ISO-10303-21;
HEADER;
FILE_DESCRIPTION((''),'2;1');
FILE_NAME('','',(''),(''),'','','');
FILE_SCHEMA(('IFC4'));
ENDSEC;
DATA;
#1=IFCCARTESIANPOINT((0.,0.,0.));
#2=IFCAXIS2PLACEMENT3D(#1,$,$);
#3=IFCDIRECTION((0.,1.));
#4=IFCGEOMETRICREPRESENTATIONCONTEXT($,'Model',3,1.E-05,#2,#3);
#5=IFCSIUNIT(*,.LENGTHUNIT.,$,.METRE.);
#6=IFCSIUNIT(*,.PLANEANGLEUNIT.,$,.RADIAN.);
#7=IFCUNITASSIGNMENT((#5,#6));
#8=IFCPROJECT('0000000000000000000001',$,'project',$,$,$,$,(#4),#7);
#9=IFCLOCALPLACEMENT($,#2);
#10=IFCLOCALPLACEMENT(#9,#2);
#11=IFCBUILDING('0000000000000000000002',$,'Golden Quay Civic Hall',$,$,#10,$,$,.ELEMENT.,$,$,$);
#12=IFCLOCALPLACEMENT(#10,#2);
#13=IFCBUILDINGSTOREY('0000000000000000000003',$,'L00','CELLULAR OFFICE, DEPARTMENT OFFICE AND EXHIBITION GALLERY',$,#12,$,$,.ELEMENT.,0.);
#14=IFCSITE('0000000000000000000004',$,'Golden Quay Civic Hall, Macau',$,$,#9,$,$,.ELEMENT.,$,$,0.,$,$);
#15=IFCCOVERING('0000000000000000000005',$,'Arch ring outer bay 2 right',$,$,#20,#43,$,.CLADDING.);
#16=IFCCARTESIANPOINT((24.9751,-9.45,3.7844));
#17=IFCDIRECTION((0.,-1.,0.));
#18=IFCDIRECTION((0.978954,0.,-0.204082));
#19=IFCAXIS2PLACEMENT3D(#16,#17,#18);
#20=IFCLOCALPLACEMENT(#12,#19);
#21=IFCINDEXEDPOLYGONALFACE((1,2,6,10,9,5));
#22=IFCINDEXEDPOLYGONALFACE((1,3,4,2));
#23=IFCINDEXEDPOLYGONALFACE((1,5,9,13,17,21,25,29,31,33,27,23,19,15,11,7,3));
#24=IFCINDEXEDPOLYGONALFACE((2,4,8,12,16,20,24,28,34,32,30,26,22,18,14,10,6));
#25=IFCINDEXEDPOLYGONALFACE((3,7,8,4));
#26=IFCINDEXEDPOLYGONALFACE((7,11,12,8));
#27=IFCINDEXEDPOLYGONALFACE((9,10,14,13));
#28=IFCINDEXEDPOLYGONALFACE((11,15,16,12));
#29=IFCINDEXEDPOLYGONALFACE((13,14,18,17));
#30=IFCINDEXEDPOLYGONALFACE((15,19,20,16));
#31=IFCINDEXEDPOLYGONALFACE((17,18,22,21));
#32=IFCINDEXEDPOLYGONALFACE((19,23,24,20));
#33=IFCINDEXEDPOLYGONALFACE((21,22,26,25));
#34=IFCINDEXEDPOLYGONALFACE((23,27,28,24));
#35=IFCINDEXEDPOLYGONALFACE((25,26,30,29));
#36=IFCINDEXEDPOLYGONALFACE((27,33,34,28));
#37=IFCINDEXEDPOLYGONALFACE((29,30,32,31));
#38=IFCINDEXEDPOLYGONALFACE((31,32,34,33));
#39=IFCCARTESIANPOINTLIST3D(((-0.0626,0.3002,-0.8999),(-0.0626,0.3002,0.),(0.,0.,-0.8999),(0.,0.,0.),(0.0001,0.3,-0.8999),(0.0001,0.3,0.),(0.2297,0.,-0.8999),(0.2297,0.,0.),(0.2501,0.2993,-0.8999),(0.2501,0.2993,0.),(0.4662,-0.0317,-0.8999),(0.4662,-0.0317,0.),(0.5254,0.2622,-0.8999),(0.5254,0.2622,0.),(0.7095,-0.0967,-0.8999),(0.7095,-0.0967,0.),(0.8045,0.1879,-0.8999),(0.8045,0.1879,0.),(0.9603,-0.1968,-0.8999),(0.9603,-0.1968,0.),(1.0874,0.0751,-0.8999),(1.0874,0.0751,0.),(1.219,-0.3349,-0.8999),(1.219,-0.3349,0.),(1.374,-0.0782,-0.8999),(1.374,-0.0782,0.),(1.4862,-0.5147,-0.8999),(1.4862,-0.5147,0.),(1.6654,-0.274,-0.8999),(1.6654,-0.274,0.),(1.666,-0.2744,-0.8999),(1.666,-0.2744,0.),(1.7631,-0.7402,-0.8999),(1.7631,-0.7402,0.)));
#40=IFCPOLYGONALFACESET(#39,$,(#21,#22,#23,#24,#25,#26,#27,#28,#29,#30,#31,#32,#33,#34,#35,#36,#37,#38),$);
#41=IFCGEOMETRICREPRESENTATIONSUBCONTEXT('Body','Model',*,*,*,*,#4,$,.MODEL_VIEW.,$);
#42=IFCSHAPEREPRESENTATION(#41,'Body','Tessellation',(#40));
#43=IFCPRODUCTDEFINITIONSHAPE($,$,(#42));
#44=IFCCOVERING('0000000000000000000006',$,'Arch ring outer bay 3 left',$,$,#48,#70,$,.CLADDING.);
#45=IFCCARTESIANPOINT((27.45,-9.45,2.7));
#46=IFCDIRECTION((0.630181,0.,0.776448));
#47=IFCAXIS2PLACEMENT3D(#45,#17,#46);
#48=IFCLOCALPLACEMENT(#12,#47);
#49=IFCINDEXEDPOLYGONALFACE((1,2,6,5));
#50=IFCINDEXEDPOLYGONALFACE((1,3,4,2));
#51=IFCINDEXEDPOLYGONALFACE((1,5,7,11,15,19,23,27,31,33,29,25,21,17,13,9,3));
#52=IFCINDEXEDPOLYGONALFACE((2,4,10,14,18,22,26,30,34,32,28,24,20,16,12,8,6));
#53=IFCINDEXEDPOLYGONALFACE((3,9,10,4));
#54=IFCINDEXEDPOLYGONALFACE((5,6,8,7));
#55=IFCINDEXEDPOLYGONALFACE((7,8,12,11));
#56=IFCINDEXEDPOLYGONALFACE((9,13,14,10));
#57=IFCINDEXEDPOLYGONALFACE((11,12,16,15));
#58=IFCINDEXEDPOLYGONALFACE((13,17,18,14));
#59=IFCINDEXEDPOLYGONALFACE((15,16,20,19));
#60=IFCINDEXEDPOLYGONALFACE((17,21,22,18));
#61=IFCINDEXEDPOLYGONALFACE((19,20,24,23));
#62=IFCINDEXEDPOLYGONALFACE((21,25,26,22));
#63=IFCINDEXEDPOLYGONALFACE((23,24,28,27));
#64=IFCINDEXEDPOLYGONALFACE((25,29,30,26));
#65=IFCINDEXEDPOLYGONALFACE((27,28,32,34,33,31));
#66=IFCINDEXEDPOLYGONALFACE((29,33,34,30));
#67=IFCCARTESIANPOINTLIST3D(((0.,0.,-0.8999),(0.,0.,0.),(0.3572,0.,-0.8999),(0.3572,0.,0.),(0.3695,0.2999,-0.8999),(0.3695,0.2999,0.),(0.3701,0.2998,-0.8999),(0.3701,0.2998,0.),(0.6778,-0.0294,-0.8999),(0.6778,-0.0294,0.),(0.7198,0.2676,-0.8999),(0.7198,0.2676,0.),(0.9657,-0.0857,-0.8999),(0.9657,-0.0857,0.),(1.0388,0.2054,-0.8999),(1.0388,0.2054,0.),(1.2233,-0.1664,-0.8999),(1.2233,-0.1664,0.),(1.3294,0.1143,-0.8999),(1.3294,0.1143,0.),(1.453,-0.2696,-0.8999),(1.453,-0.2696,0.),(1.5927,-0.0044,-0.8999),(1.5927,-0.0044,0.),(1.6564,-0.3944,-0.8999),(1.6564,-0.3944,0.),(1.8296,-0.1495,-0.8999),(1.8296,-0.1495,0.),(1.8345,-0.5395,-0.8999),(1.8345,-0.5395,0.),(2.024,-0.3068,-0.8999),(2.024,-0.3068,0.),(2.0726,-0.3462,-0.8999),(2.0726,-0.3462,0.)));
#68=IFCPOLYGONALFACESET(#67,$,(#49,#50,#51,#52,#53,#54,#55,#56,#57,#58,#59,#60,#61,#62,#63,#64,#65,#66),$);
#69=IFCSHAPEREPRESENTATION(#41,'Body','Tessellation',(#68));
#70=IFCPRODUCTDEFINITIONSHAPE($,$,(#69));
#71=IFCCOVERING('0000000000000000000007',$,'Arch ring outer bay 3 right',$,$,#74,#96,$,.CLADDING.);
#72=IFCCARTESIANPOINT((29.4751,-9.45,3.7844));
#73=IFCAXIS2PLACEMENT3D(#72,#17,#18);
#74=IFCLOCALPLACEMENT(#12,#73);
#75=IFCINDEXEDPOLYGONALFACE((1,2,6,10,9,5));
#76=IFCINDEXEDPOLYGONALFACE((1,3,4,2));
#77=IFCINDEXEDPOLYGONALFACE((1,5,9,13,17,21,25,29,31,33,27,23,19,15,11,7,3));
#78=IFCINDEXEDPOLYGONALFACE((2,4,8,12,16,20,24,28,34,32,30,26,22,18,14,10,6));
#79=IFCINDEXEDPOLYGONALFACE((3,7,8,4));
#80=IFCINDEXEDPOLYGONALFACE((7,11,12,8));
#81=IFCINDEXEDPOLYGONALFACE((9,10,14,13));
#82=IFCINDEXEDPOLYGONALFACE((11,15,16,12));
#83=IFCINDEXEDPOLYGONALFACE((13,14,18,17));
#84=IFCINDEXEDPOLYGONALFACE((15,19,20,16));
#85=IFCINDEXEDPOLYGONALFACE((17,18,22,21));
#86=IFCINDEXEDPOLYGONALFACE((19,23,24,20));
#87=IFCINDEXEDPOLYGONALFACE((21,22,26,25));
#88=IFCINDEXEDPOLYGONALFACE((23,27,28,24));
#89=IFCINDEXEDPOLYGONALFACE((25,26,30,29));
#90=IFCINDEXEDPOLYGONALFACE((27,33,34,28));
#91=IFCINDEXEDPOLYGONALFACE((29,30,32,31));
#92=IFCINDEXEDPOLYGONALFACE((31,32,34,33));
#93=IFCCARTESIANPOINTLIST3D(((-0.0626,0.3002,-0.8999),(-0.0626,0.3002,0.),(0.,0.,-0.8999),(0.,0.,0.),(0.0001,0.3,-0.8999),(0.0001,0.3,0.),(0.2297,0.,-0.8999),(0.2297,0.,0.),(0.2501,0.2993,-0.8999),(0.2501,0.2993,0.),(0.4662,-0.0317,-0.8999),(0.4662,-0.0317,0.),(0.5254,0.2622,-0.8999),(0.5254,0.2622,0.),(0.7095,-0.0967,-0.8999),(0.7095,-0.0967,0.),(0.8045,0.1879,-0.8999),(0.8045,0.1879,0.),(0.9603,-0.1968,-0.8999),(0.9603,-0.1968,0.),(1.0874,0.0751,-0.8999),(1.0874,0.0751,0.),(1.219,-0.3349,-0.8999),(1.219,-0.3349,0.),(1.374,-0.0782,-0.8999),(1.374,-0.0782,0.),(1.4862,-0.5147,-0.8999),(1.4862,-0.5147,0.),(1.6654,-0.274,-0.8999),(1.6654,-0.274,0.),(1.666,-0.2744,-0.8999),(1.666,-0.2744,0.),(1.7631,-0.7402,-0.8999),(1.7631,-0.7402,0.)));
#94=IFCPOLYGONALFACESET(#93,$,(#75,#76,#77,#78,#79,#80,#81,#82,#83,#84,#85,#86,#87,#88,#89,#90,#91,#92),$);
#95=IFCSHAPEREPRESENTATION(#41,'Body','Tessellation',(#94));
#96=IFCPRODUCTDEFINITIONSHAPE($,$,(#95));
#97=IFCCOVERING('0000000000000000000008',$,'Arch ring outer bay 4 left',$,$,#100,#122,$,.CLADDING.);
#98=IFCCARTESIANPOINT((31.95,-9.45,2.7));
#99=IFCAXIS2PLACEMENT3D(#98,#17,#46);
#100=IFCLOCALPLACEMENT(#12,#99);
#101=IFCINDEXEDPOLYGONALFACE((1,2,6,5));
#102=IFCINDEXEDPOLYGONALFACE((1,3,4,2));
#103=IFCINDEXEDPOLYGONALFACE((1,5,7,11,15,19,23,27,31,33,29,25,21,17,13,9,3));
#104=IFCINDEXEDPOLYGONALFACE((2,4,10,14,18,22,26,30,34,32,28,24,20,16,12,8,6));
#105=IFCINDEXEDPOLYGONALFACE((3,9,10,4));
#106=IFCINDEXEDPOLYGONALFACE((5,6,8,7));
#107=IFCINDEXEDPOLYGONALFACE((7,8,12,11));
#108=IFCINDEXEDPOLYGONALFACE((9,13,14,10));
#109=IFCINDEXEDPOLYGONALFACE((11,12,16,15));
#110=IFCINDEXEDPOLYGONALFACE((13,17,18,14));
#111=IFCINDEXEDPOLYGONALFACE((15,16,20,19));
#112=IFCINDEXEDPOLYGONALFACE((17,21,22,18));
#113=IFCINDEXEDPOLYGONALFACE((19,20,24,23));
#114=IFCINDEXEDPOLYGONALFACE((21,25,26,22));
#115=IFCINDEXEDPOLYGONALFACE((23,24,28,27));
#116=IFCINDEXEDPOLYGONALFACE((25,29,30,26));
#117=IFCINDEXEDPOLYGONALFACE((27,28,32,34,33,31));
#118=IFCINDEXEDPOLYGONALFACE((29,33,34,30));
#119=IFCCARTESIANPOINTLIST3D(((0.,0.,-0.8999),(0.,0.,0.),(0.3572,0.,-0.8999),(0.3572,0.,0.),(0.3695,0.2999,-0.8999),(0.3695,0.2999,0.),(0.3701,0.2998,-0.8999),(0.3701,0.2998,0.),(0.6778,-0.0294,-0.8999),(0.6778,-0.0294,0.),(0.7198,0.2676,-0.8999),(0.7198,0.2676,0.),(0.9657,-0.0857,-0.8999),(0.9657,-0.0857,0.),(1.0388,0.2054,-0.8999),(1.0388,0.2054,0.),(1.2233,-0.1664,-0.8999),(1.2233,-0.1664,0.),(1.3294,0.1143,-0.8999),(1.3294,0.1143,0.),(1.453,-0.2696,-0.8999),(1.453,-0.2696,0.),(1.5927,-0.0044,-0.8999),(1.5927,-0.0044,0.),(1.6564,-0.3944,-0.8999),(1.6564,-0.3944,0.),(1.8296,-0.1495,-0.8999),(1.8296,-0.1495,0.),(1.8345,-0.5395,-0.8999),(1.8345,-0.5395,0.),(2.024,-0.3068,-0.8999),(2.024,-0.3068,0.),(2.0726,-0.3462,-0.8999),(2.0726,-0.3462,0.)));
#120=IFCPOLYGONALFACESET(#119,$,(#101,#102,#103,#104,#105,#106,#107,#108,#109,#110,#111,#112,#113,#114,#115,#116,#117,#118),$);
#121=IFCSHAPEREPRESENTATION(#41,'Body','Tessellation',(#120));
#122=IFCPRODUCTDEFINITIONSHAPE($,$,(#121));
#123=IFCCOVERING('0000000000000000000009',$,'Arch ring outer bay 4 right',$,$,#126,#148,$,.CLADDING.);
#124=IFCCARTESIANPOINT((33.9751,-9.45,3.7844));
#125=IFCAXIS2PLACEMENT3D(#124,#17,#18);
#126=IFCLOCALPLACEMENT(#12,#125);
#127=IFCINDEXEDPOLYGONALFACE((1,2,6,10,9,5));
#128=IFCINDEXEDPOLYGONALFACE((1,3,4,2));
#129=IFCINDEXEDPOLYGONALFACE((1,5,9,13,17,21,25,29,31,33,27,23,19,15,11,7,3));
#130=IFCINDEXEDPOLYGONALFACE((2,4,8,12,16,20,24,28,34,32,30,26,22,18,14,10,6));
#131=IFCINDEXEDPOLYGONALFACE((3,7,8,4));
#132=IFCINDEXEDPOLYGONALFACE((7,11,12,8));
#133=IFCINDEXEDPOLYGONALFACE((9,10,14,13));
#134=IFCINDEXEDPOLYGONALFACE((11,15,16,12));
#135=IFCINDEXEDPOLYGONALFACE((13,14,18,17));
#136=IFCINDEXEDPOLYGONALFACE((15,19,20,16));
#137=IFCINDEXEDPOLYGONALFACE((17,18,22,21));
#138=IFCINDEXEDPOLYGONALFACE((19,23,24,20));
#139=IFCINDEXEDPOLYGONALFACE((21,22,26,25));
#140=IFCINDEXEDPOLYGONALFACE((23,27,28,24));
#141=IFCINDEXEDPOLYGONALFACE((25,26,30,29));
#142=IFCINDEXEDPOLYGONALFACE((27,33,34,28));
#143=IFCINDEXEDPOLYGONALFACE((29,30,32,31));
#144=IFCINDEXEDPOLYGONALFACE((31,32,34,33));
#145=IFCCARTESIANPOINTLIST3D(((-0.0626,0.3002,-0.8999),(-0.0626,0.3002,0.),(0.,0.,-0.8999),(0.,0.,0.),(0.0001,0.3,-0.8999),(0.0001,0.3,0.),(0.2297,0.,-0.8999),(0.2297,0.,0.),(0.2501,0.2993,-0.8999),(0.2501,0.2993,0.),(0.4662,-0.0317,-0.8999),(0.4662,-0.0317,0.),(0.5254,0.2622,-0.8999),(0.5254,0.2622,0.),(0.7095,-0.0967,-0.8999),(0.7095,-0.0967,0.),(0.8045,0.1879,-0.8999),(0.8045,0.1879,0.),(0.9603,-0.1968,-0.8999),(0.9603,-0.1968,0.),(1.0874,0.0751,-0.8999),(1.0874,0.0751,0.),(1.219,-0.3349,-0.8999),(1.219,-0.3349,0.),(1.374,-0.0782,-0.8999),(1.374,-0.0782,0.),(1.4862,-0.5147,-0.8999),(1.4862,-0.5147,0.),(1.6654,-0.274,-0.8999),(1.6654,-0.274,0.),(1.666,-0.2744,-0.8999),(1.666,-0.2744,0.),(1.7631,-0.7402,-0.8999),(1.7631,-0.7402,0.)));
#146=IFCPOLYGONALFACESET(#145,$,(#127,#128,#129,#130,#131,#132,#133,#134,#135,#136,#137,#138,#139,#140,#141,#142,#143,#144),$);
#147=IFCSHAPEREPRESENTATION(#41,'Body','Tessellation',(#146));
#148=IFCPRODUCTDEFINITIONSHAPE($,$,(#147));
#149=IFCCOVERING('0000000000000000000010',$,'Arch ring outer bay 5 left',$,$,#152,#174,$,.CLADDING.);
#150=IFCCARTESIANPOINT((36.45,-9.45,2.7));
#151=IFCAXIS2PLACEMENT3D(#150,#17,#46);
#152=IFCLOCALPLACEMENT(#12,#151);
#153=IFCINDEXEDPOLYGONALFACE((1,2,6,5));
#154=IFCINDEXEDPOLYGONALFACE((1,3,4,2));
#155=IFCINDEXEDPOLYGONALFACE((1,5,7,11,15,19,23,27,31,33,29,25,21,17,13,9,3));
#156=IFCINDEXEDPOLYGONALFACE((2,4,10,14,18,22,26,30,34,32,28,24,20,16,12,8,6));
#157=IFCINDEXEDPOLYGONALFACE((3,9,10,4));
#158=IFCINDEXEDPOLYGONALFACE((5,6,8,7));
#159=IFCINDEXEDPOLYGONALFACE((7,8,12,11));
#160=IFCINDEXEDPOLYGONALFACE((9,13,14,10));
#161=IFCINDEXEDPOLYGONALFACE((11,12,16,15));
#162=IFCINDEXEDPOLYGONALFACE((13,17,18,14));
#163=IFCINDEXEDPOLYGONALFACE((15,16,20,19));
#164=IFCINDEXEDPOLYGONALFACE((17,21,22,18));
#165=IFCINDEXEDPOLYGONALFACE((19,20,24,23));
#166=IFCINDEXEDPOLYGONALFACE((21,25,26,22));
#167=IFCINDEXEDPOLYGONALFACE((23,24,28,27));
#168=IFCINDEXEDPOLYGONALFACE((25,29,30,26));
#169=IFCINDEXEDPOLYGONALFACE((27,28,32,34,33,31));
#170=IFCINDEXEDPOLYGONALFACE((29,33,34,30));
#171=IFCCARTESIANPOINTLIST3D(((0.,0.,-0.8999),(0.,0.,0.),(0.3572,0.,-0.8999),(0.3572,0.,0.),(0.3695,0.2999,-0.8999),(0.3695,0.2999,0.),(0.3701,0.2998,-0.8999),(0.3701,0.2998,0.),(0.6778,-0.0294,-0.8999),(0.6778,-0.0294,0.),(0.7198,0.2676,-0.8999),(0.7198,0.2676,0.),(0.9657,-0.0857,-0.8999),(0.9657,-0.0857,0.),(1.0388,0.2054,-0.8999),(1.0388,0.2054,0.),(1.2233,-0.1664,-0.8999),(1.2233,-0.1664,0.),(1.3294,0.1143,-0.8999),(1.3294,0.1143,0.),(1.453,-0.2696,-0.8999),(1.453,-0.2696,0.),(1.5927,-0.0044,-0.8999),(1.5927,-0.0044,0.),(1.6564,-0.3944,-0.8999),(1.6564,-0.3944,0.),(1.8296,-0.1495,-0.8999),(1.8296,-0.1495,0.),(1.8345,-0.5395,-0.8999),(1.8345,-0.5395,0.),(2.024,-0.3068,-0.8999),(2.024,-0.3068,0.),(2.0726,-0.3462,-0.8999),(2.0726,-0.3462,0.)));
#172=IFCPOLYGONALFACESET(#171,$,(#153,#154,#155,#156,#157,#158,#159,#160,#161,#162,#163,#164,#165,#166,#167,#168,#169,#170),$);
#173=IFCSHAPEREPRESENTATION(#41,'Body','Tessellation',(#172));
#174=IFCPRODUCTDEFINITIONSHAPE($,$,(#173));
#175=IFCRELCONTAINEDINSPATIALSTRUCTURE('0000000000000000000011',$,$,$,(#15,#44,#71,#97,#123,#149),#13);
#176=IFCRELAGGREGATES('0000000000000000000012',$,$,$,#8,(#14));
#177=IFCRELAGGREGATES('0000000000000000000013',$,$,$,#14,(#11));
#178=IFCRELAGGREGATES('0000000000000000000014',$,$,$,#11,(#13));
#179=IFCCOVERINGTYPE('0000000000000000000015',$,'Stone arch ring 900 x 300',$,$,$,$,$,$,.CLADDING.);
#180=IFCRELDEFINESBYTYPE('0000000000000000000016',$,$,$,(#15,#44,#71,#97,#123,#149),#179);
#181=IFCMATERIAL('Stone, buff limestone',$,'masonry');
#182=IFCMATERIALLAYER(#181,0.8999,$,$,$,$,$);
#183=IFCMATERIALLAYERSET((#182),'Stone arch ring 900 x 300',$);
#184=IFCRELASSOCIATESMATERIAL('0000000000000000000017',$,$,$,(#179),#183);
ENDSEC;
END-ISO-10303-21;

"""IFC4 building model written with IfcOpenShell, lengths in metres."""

from ifc_helpers import new_model, si_unit, direction, frame, origin, place, context, subcontext, project, spatial, polyline, outline, extrude, material, layer, layer_set, type_object, element, save


model = new_model("IFC4")

# Units and contexts
model_context = context("Model", 3, precision=1e-05, world=origin(), true_north=direction((0.0, 1.0)))
body_context = subcontext(model_context, "Body", "Model", "MODEL_VIEW")
ifc_project = project(units=[si_unit("LENGTHUNIT", "METRE"), si_unit("PLANEANGLEUNIT", "RADIAN")], contexts=[model_context])

# Site, building, storey
site_placement = place(None, origin())
site = spatial("IfcSite", under=ifc_project, at=site_placement, Name="Golden Quay Civic Hall, Macau", CompositionType="ELEMENT", RefElevation=0.0)
building_placement = place(site_placement, origin())
building = spatial("IfcBuilding", under=site, at=building_placement, Name="Golden Quay Civic Hall", CompositionType="ELEMENT")
storey_placement = place(building_placement, origin())
storey = spatial("IfcBuildingStorey", under=building, at=storey_placement, Name="L00", Description="CELLULAR OFFICE, DEPARTMENT OFFICE AND EXHIBITION GALLERY", CompositionType="ELEMENT", Elevation=0.0)

# Coverings
ifc_material_1 = material(Name="Stone, buff limestone", Category="masonry")
ifc_layer_1 = layer(ifc_material_1, 0.8999)
ifc_layer_set_1 = layer_set([ifc_layer_1], Name="Stone arch ring 900 x 300")
covering_type_1 = type_object("IfcCoveringType", Name="Stone arch ring 900 x 300", PredefinedType="CLADDING", material=ifc_layer_set_1)
covering_1_placement = place(storey_placement, frame((24.9751, -9.45, 3.7844), z_axis=(0.0, -1.0, 0.0), x_axis=(0.978954, 0.0, -0.204082)))
element("IfcCovering", 1, at=covering_1_placement, inside=storey, type_object=covering_type_1, Name="Arch ring outer bay 2 right", PredefinedType="CLADDING", context=body_context, shape_type="SweptSolid", body=[
    extrude(outline(polyline([(0.0, 0.0), (0.2297, 0.0), (0.4662, -0.0317), (0.7095, -0.0967), (0.9603, -0.1968), (1.219, -0.3349), (1.4862, -0.5147), (1.7631, -0.7402), (1.666, -0.2744), (1.6654, -0.274), (1.374, -0.0782), (1.0874, 0.0751), (0.8045, 0.1879), (0.5254, 0.2622), (0.2501, 0.2993), (0.0001, 0.3), (-0.0626, 0.3002), (0.0, 0.0)])), origin(), (0.0, 0.0, -1.0), 0.8999),
])
covering_2_placement = place(storey_placement, frame((27.45, -9.45, 2.7), z_axis=(0.0, -1.0, 0.0), x_axis=(0.630181, 0.0, 0.776448)))
element("IfcCovering", 2, at=covering_2_placement, inside=storey, type_object=covering_type_1, Name="Arch ring outer bay 3 left", PredefinedType="CLADDING", context=body_context, shape_type="SweptSolid", body=[
    extrude(outline(polyline([(0.0, 0.0), (0.3572, 0.0), (0.6778, -0.0294), (0.9657, -0.0857), (1.2233, -0.1664), (1.453, -0.2696), (1.6564, -0.3944), (1.8345, -0.5395), (2.0726, -0.3462), (2.024, -0.3068), (1.8296, -0.1495), (1.5927, -0.0044), (1.3294, 0.1143), (1.0388, 0.2054), (0.7198, 0.2676), (0.3701, 0.2998), (0.3695, 0.2999), (0.0, 0.0)])), origin(), (0.0, 0.0, -1.0), 0.8999),
])
covering_3_placement = place(storey_placement, frame((29.4751, -9.45, 3.7844), z_axis=(0.0, -1.0, 0.0), x_axis=(0.978954, 0.0, -0.204082)))
element("IfcCovering", 3, at=covering_3_placement, inside=storey, type_object=covering_type_1, Name="Arch ring outer bay 3 right", PredefinedType="CLADDING", context=body_context, shape_type="SweptSolid", body=[
    extrude(outline(polyline([(0.0, 0.0), (0.2297, 0.0), (0.4662, -0.0317), (0.7095, -0.0967), (0.9603, -0.1968), (1.219, -0.3349), (1.4862, -0.5147), (1.7631, -0.7402), (1.666, -0.2744), (1.6654, -0.274), (1.374, -0.0782), (1.0874, 0.0751), (0.8045, 0.1879), (0.5254, 0.2622), (0.2501, 0.2993), (0.0001, 0.3), (-0.0626, 0.3002), (0.0, 0.0)])), origin(), (0.0, 0.0, -1.0), 0.8999),
])
covering_4_placement = place(storey_placement, frame((31.95, -9.45, 2.7), z_axis=(0.0, -1.0, 0.0), x_axis=(0.630181, 0.0, 0.776448)))
element("IfcCovering", 4, at=covering_4_placement, inside=storey, type_object=covering_type_1, Name="Arch ring outer bay 4 left", PredefinedType="CLADDING", context=body_context, shape_type="SweptSolid", body=[
    extrude(outline(polyline([(0.0, 0.0), (0.3572, 0.0), (0.6778, -0.0294), (0.9657, -0.0857), (1.2233, -0.1664), (1.453, -0.2696), (1.6564, -0.3944), (1.8345, -0.5395), (2.0726, -0.3462), (2.024, -0.3068), (1.8296, -0.1495), (1.5927, -0.0044), (1.3294, 0.1143), (1.0388, 0.2054), (0.7198, 0.2676), (0.3701, 0.2998), (0.3695, 0.2999), (0.0, 0.0)])), origin(), (0.0, 0.0, -1.0), 0.8999),
])
covering_5_placement = place(storey_placement, frame((33.9751, -9.45, 3.7844), z_axis=(0.0, -1.0, 0.0), x_axis=(0.978954, 0.0, -0.204082)))
element("IfcCovering", 5, at=covering_5_placement, inside=storey, type_object=covering_type_1, Name="Arch ring outer bay 4 right", PredefinedType="CLADDING", context=body_context, shape_type="SweptSolid", body=[
    extrude(outline(polyline([(0.0, 0.0), (0.2297, 0.0), (0.4662, -0.0317), (0.7095, -0.0967), (0.9603, -0.1968), (1.219, -0.3349), (1.4862, -0.5147), (1.7631, -0.7402), (1.666, -0.2744), (1.6654, -0.274), (1.374, -0.0782), (1.0874, 0.0751), (0.8045, 0.1879), (0.5254, 0.2622), (0.2501, 0.2993), (0.0001, 0.3), (-0.0626, 0.3002), (0.0, 0.0)])), origin(), (0.0, 0.0, -1.0), 0.8999),
])
covering_6_placement = place(storey_placement, frame((36.45, -9.45, 2.7), z_axis=(0.0, -1.0, 0.0), x_axis=(0.630181, 0.0, 0.776448)))
element("IfcCovering", 6, at=covering_6_placement, inside=storey, type_object=covering_type_1, Name="Arch ring outer bay 5 left", PredefinedType="CLADDING", context=body_context, shape_type="SweptSolid", body=[
    extrude(outline(polyline([(0.0, 0.0), (0.3572, 0.0), (0.6778, -0.0294), (0.9657, -0.0857), (1.2233, -0.1664), (1.453, -0.2696), (1.6564, -0.3944), (1.8345, -0.5395), (2.0726, -0.3462), (2.024, -0.3068), (1.8296, -0.1495), (1.5927, -0.0044), (1.3294, 0.1143), (1.0388, 0.2054), (0.7198, 0.2676), (0.3701, 0.2998), (0.3695, 0.2999), (0.0, 0.0)])), origin(), (0.0, 0.0, -1.0), 0.8999),
])

save(model, "model.ifc")
